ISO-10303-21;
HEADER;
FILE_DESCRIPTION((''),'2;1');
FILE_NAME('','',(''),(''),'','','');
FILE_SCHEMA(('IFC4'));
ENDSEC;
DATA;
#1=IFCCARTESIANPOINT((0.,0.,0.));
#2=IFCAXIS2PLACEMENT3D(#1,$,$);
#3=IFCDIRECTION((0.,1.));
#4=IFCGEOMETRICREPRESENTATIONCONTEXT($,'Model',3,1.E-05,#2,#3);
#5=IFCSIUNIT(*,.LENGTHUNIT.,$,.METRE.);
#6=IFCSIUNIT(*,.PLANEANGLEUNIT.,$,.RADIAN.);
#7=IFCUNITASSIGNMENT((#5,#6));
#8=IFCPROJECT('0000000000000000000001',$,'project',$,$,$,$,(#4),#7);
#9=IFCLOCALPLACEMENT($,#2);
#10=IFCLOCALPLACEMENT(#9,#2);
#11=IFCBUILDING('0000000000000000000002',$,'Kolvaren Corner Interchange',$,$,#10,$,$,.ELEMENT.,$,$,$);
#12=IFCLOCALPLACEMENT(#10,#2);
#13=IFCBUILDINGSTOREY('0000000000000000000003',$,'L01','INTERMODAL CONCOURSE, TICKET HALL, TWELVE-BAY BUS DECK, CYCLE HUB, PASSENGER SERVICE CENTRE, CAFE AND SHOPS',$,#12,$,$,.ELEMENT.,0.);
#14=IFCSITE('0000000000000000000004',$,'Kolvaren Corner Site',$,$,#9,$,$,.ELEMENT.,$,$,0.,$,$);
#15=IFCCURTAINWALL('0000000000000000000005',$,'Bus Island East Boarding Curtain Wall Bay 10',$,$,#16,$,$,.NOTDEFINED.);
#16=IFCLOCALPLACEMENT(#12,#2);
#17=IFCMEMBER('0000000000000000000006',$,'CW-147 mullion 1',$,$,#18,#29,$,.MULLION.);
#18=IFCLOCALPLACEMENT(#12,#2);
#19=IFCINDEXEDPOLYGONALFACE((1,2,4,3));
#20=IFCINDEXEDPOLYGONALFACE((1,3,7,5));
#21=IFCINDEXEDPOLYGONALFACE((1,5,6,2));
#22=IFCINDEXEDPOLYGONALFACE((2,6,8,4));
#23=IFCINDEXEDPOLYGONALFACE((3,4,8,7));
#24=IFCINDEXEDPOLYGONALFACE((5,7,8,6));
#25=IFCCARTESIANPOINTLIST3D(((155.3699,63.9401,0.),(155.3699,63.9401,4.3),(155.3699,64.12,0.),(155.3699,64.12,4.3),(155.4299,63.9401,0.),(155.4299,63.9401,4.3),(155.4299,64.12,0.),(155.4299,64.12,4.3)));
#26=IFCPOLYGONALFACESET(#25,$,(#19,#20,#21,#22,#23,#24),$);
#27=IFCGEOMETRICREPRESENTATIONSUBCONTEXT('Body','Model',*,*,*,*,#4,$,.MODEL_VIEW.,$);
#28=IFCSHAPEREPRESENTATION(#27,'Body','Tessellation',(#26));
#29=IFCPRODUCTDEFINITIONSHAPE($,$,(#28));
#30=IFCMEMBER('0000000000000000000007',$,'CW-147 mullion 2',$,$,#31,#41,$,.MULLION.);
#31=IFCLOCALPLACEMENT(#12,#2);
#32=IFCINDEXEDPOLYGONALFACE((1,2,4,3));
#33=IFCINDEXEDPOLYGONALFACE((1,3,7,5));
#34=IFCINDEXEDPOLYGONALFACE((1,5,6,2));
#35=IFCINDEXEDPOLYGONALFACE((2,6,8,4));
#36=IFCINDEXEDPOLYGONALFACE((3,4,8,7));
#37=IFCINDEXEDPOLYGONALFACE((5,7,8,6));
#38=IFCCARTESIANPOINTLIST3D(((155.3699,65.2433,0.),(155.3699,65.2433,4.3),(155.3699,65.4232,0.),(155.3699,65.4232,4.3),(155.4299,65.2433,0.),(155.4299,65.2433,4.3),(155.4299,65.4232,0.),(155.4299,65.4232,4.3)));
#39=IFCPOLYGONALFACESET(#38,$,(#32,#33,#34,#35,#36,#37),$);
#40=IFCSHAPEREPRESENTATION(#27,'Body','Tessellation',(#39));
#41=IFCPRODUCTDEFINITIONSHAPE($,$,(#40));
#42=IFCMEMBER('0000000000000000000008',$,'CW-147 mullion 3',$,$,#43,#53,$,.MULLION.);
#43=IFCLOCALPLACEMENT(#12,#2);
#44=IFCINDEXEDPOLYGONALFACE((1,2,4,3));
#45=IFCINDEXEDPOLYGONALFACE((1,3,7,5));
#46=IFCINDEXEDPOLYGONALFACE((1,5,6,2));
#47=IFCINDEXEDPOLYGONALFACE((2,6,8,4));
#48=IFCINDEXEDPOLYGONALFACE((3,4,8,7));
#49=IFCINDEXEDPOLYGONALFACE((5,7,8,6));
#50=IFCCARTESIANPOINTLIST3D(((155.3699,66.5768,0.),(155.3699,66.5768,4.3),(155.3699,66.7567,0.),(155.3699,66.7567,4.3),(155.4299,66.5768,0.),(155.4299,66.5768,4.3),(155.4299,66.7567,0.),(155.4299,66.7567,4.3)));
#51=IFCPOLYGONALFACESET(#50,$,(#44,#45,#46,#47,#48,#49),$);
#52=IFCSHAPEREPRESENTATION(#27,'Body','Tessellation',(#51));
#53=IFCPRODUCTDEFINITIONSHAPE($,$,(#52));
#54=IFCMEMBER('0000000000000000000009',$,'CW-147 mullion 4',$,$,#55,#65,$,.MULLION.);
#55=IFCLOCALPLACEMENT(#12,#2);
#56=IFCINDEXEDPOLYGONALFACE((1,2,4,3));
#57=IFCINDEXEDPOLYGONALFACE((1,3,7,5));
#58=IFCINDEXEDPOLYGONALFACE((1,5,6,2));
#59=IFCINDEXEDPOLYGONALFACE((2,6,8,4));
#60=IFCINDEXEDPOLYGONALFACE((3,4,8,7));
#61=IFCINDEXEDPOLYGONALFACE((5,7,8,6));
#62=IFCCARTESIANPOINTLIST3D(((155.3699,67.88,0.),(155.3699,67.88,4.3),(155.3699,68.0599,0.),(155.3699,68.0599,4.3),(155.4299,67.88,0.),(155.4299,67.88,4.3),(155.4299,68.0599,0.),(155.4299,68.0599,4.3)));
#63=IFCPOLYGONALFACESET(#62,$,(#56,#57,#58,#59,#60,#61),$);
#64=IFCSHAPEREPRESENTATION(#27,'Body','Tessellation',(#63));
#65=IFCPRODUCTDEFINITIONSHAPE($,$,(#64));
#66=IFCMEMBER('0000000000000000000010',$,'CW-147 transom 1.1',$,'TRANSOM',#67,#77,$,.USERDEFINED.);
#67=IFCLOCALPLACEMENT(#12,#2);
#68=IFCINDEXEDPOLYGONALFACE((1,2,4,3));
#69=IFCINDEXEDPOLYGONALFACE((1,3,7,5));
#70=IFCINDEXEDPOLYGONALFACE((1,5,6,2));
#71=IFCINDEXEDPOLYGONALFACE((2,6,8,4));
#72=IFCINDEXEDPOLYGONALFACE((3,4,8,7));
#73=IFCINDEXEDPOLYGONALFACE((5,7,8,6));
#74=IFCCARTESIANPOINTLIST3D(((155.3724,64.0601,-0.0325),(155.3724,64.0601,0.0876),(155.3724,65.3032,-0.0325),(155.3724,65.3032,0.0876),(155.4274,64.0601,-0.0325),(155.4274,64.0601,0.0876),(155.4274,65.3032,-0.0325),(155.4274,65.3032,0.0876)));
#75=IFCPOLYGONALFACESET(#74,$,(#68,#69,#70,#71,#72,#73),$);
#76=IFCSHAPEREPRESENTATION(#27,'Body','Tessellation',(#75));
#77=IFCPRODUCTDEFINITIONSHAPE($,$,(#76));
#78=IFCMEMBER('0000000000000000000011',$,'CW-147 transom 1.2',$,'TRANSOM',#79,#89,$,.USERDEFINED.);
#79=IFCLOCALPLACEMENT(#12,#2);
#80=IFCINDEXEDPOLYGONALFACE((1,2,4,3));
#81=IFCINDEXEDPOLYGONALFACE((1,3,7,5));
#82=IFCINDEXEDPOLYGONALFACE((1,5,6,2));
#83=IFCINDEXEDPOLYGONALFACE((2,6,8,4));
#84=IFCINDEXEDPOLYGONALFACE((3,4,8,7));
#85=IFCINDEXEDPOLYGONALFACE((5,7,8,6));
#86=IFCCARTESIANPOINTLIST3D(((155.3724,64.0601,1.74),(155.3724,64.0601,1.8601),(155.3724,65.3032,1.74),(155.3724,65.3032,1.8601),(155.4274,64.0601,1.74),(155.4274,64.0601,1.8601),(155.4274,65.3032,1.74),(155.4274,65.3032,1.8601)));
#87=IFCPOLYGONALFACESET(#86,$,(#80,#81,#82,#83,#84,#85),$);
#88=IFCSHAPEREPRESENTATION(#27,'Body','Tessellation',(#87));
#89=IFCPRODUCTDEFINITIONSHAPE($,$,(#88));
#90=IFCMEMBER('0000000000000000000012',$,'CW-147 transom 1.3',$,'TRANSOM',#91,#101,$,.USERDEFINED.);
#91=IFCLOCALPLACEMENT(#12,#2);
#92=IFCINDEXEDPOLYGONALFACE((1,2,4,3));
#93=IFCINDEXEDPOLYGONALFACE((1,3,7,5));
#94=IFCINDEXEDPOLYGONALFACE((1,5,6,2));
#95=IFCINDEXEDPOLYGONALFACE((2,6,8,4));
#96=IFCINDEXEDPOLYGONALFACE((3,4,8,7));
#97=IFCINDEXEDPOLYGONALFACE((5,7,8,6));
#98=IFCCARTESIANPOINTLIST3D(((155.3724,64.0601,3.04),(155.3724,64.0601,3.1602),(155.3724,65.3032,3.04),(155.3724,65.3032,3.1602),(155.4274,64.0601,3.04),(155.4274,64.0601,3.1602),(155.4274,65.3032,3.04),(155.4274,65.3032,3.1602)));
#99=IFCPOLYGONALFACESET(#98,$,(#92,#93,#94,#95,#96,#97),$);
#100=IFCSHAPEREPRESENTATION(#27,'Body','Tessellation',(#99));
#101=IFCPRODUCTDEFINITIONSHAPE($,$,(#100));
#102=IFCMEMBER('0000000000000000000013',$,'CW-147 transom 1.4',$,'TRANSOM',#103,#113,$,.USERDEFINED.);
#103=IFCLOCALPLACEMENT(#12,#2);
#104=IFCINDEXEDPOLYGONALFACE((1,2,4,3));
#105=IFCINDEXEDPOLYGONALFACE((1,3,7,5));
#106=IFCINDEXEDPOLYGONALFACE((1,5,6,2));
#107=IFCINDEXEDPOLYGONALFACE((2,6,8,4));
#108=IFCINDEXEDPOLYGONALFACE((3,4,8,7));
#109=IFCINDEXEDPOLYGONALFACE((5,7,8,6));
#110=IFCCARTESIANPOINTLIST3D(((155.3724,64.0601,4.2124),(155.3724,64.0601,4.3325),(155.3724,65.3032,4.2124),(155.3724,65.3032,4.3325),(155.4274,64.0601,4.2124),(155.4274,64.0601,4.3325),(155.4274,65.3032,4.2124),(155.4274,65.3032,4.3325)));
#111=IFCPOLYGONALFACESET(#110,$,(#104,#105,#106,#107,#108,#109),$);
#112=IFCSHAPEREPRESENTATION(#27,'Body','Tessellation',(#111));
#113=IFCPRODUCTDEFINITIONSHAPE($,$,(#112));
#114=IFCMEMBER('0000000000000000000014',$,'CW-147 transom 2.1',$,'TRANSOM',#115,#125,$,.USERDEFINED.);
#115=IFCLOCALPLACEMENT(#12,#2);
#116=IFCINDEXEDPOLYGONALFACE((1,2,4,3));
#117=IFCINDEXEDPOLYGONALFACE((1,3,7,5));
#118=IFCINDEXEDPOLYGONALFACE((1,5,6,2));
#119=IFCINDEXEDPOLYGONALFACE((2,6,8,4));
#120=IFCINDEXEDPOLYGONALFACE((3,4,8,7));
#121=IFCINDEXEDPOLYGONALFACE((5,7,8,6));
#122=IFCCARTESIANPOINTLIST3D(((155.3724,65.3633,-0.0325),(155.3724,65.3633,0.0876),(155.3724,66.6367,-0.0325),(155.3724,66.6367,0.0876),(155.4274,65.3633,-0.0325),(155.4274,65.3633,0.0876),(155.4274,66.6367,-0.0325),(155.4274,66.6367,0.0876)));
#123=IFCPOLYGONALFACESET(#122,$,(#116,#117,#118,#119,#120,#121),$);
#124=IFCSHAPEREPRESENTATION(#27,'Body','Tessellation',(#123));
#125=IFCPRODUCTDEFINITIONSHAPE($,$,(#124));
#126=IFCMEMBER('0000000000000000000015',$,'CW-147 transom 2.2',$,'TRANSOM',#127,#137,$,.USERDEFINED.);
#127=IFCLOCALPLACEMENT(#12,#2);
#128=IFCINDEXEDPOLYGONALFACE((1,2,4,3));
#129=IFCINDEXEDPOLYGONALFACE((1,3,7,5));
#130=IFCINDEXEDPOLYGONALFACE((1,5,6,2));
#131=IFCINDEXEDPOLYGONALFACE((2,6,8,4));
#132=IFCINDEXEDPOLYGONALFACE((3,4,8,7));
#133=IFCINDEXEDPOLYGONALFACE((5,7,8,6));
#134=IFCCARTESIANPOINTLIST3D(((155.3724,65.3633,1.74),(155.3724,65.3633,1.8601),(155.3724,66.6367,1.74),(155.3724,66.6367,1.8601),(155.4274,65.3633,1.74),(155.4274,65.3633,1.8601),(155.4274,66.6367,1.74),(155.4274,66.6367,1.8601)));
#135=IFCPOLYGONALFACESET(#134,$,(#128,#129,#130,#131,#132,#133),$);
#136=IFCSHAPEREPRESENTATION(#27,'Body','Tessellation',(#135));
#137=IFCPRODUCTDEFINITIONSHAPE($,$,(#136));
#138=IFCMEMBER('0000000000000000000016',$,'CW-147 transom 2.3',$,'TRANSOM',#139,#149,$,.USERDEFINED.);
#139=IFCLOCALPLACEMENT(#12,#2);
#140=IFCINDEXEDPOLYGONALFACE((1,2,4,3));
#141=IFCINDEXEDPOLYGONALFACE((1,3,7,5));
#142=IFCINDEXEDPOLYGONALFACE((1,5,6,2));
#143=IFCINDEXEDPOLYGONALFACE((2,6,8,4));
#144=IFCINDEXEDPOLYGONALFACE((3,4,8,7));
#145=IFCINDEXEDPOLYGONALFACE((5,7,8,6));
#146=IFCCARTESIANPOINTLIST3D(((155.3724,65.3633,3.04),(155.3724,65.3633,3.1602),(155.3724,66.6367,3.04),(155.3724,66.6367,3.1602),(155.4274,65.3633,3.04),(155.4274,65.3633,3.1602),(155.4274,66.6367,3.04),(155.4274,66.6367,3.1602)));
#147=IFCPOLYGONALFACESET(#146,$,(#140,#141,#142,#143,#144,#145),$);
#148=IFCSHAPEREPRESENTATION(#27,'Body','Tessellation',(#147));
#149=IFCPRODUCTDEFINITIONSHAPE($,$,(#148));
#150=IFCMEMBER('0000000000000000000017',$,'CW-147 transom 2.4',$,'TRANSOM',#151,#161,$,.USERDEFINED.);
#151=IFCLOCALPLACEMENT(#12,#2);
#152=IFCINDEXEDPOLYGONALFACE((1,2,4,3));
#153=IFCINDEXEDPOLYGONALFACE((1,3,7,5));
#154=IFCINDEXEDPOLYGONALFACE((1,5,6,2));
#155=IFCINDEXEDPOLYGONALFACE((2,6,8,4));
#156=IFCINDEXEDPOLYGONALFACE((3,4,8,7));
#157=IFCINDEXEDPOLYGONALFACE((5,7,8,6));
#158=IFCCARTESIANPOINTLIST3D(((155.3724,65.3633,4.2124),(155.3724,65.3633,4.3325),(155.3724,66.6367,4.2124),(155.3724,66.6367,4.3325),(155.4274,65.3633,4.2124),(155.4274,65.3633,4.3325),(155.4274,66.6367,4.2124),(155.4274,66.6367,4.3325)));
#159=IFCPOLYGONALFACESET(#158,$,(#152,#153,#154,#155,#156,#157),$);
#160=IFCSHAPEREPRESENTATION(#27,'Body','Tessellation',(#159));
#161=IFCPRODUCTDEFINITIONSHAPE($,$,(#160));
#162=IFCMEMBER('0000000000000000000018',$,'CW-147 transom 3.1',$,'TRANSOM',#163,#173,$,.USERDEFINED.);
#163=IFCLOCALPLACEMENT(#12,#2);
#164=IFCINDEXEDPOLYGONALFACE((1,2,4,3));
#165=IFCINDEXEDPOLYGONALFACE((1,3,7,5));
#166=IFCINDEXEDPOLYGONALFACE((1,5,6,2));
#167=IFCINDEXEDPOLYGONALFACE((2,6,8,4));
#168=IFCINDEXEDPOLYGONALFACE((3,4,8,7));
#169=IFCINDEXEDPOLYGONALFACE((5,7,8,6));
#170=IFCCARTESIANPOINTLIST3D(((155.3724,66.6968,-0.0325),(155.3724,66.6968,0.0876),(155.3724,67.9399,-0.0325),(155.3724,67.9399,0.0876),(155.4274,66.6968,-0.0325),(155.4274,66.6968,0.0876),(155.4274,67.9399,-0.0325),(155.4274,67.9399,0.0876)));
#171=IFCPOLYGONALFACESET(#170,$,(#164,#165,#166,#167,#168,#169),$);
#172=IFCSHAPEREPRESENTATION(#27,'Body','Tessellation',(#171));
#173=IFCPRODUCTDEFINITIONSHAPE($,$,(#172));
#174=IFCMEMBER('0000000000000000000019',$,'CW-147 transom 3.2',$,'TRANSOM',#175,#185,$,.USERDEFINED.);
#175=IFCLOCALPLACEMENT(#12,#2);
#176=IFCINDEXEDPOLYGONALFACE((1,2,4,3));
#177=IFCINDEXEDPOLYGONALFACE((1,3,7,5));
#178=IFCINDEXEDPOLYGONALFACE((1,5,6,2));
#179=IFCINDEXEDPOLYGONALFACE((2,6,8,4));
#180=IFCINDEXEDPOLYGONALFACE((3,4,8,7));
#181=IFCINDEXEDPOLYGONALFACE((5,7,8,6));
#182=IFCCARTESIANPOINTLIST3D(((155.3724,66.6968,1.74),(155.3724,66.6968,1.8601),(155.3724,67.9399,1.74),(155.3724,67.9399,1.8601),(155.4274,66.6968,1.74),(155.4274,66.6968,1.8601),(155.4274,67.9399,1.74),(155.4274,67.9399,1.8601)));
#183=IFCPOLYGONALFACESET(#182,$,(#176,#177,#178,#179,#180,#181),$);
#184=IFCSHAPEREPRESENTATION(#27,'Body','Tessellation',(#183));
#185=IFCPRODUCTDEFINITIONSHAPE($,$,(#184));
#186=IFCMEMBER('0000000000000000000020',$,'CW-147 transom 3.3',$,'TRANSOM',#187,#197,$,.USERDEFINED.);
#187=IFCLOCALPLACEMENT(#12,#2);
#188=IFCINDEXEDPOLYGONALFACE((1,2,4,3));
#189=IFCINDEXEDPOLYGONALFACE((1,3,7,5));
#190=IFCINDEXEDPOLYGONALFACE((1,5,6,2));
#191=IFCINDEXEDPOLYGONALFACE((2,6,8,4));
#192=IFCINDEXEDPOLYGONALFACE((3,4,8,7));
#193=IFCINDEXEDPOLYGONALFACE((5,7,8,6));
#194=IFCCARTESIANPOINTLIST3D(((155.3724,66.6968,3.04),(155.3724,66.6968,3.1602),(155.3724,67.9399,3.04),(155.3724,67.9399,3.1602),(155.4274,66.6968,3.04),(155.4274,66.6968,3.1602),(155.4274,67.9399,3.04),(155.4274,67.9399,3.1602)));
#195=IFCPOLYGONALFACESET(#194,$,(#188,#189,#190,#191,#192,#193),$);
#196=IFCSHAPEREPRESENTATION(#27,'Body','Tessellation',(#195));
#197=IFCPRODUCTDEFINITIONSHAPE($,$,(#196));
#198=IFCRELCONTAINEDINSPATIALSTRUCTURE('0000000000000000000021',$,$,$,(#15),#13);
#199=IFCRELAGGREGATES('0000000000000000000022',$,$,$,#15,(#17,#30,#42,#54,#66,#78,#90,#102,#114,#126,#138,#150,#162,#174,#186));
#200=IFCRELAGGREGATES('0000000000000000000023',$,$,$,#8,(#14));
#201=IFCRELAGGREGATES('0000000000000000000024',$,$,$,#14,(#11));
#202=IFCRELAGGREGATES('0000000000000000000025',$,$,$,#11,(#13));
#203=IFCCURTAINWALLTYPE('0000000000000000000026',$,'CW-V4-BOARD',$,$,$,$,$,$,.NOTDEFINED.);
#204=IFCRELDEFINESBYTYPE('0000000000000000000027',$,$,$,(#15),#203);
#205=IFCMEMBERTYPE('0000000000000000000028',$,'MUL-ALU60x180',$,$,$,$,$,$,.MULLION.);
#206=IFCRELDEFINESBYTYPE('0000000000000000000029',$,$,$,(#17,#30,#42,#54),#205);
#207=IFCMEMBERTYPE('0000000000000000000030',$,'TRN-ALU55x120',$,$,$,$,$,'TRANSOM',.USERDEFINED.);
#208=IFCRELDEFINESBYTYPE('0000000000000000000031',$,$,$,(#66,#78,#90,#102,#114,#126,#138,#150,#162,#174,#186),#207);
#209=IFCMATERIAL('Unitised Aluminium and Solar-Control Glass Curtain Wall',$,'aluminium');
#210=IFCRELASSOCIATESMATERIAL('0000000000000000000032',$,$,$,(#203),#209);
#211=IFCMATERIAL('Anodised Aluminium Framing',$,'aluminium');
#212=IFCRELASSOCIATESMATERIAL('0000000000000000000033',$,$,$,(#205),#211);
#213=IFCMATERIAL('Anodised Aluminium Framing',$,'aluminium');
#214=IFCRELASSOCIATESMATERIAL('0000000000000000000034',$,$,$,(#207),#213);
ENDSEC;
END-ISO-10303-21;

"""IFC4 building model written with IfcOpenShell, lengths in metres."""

from ifc_helpers import new_model, si_unit, direction, frame, origin, origin_2d, place, context, subcontext, project, spatial, rectangle, extrude, material, material_profile, profile_set, type_object, element, aggregate, save


model = new_model("IFC4")

# Units and contexts
model_context = context("Model", 3, precision=1e-05, world=origin(), true_north=direction((0.0, 1.0)))
body_context = subcontext(model_context, "Body", "Model", "MODEL_VIEW")
ifc_project = project(units=[si_unit("LENGTHUNIT", "METRE"), si_unit("PLANEANGLEUNIT", "RADIAN")], contexts=[model_context])

# Site, building, storey
site_placement = place(None, origin())
site = spatial("IfcSite", under=ifc_project, at=site_placement, Name="Kolvaren Corner Site", CompositionType="ELEMENT", RefElevation=0.0)
building_placement = place(site_placement, origin())
building = spatial("IfcBuilding", under=site, at=building_placement, Name="Kolvaren Corner Interchange", CompositionType="ELEMENT")
storey_placement = place(building_placement, origin())
storey = spatial("IfcBuildingStorey", under=building, at=storey_placement, Name="L01", Description="INTERMODAL CONCOURSE, TICKET HALL, TWELVE-BAY BUS DECK, CYCLE HUB, PASSENGER SERVICE CENTRE, CAFE AND SHOPS", CompositionType="ELEMENT", Elevation=0.0)

# Curtain wall, members
ifc_material_1 = material(Name="Unitised Aluminium and Solar-Control Glass Curtain Wall", Category="aluminium")
curtain_wall_type = type_object("IfcCurtainWallType", Name="CW-V4-BOARD", PredefinedType="NOTDEFINED", material=ifc_material_1)
curtain_wall_placement = place(storey_placement, origin())
curtain_wall = element("IfcCurtainWall", 1, at=curtain_wall_placement, inside=storey, type_object=curtain_wall_type, Name="Bus Island East Boarding Curtain Wall Bay 10", PredefinedType="NOTDEFINED")
ifc_material_2 = material(Name="Anodised Aluminium Framing", Category="aluminium")
ifc_material_profile_1 = material_profile(ifc_material_2, rectangle(XDim=0.0601, YDim=0.1799, at=origin_2d()), Name="ALU 60x180")
ifc_profile_set_1 = profile_set([ifc_material_profile_1], Name="Anodised Aluminium Framing")
member_type_1 = type_object("IfcMemberType", Name="MUL-ALU60x180", PredefinedType="MULLION", material=ifc_profile_set_1)
member_1_placement = place(storey_placement, frame((155.3999, 64.03, 0.0), z_axis=(0.0, 0.0, 1.0), x_axis=(-1.0, 0.0, 0.0)))
member_1 = element("IfcMember", 2, at=member_1_placement, type_object=member_type_1, Name="CW-147 mullion 1", PredefinedType="MULLION", context=body_context, shape_type="SweptSolid", body=[
    extrude(rectangle(XDim=0.0601, YDim=0.1799, at=origin_2d()), origin(), (0.0, 0.0, 1.0), 4.3),
])
member_2_placement = place(storey_placement, frame((155.3999, 65.3333, 0.0), z_axis=(0.0, 0.0, 1.0), x_axis=(-1.0, 0.0, 0.0)))
member_2 = element("IfcMember", 3, at=member_2_placement, type_object=member_type_1, Name="CW-147 mullion 2", PredefinedType="MULLION", context=body_context, shape_type="SweptSolid", body=[
    extrude(rectangle(XDim=0.0601, YDim=0.1799, at=origin_2d()), origin(), (0.0, 0.0, 1.0), 4.3),
])
member_3_placement = place(storey_placement, frame((155.3999, 66.6667, 0.0), z_axis=(0.0, 0.0, 1.0), x_axis=(-1.0, 0.0, 0.0)))
member_3 = element("IfcMember", 4, at=member_3_placement, type_object=member_type_1, Name="CW-147 mullion 3", PredefinedType="MULLION", context=body_context, shape_type="SweptSolid", body=[
    extrude(rectangle(XDim=0.0601, YDim=0.1799, at=origin_2d()), origin(), (0.0, 0.0, 1.0), 4.3),
])
member_4_placement = place(storey_placement, frame((155.3999, 67.97, 0.0), z_axis=(0.0, 0.0, 1.0), x_axis=(-1.0, 0.0, 0.0)))
member_4 = element("IfcMember", 5, at=member_4_placement, type_object=member_type_1, Name="CW-147 mullion 4", PredefinedType="MULLION", context=body_context, shape_type="SweptSolid", body=[
    extrude(rectangle(XDim=0.0601, YDim=0.1799, at=origin_2d()), origin(), (0.0, 0.0, 1.0), 4.3),
])
ifc_material_3 = material(Name="Anodised Aluminium Framing", Category="aluminium")
ifc_material_profile_2 = material_profile(ifc_material_3, rectangle(XDim=0.0549, YDim=0.1201, at=origin_2d()), Name="ALU 55x120")
ifc_profile_set_2 = profile_set([ifc_material_profile_2], Name="Anodised Aluminium Framing")
member_type_2 = type_object("IfcMemberType", Name="TRN-ALU55x120", ElementType="TRANSOM", PredefinedType="USERDEFINED", material=ifc_profile_set_2)
member_5_placement = place(storey_placement, frame((155.3999, 64.0601, 0.0276), z_axis=(0.0, 1.0, 0.0), x_axis=(-1.0, 0.0, 0.0)))
member_5 = element("IfcMember", 6, at=member_5_placement, type_object=member_type_2, Name="CW-147 transom 1.1", ObjectType="TRANSOM", PredefinedType="USERDEFINED", context=body_context, shape_type="SweptSolid", body=[
    extrude(rectangle(XDim=0.0549, YDim=0.1201, at=origin_2d()), origin(), (0.0, 0.0, 1.0), 1.2432),
])
member_6_placement = place(storey_placement, frame((155.3999, 64.0601, 1.8), z_axis=(0.0, 1.0, 0.0), x_axis=(-1.0, 0.0, 0.0)))
member_6 = element("IfcMember", 7, at=member_6_placement, type_object=member_type_2, Name="CW-147 transom 1.2", ObjectType="TRANSOM", PredefinedType="USERDEFINED", context=body_context, shape_type="SweptSolid", body=[
    extrude(rectangle(XDim=0.0549, YDim=0.1201, at=origin_2d()), origin(), (0.0, 0.0, 1.0), 1.2432),
])
member_7_placement = place(storey_placement, frame((155.3999, 64.0601, 3.1001), z_axis=(0.0, 1.0, 0.0), x_axis=(-1.0, 0.0, 0.0)))
member_7 = element("IfcMember", 8, at=member_7_placement, type_object=member_type_2, Name="CW-147 transom 1.3", ObjectType="TRANSOM", PredefinedType="USERDEFINED", context=body_context, shape_type="SweptSolid", body=[
    extrude(rectangle(XDim=0.0549, YDim=0.1201, at=origin_2d()), origin(), (0.0, 0.0, 1.0), 1.2432),
])
member_8_placement = place(storey_placement, frame((155.3999, 64.0601, 4.2725), z_axis=(0.0, 1.0, 0.0), x_axis=(-1.0, 0.0, 0.0)))
member_8 = element("IfcMember", 9, at=member_8_placement, type_object=member_type_2, Name="CW-147 transom 1.4", ObjectType="TRANSOM", PredefinedType="USERDEFINED", context=body_context, shape_type="SweptSolid", body=[
    extrude(rectangle(XDim=0.0549, YDim=0.1201, at=origin_2d()), origin(), (0.0, 0.0, 1.0), 1.2432),
])
member_9_placement = place(storey_placement, frame((155.3999, 65.3633, 0.0276), z_axis=(0.0, 1.0, 0.0), x_axis=(-1.0, 0.0, 0.0)))
member_9 = element("IfcMember", 10, at=member_9_placement, type_object=member_type_2, Name="CW-147 transom 2.1", ObjectType="TRANSOM", PredefinedType="USERDEFINED", context=body_context, shape_type="SweptSolid", body=[
    extrude(rectangle(XDim=0.0549, YDim=0.1201, at=origin_2d()), origin(), (0.0, 0.0, 1.0), 1.2734),
])
member_10_placement = place(storey_placement, frame((155.3999, 65.3633, 1.8), z_axis=(0.0, 1.0, 0.0), x_axis=(-1.0, 0.0, 0.0)))
member_10 = element("IfcMember", 11, at=member_10_placement, type_object=member_type_2, Name="CW-147 transom 2.2", ObjectType="TRANSOM", PredefinedType="USERDEFINED", context=body_context, shape_type="SweptSolid", body=[
    extrude(rectangle(XDim=0.0549, YDim=0.1201, at=origin_2d()), origin(), (0.0, 0.0, 1.0), 1.2734),
])
member_11_placement = place(storey_placement, frame((155.3999, 65.3633, 3.1001), z_axis=(0.0, 1.0, 0.0), x_axis=(-1.0, 0.0, 0.0)))
member_11 = element("IfcMember", 12, at=member_11_placement, type_object=member_type_2, Name="CW-147 transom 2.3", ObjectType="TRANSOM", PredefinedType="USERDEFINED", context=body_context, shape_type="SweptSolid", body=[
    extrude(rectangle(XDim=0.0549, YDim=0.1201, at=origin_2d()), origin(), (0.0, 0.0, 1.0), 1.2734),
])
member_12_placement = place(storey_placement, frame((155.3999, 65.3633, 4.2725), z_axis=(0.0, 1.0, 0.0), x_axis=(-1.0, 0.0, 0.0)))
member_12 = element("IfcMember", 13, at=member_12_placement, type_object=member_type_2, Name="CW-147 transom 2.4", ObjectType="TRANSOM", PredefinedType="USERDEFINED", context=body_context, shape_type="SweptSolid", body=[
    extrude(rectangle(XDim=0.0549, YDim=0.1201, at=origin_2d()), origin(), (0.0, 0.0, 1.0), 1.2734),
])
member_13_placement = place(storey_placement, frame((155.3999, 66.6968, 0.0276), z_axis=(0.0, 1.0, 0.0), x_axis=(-1.0, 0.0, 0.0)))
member_13 = element("IfcMember", 14, at=member_13_placement, type_object=member_type_2, Name="CW-147 transom 3.1", ObjectType="TRANSOM", PredefinedType="USERDEFINED", context=body_context, shape_type="SweptSolid", body=[
    extrude(rectangle(XDim=0.0549, YDim=0.1201, at=origin_2d()), origin(), (0.0, 0.0, 1.0), 1.2432),
])
member_14_placement = place(storey_placement, frame((155.3999, 66.6968, 1.8), z_axis=(0.0, 1.0, 0.0), x_axis=(-1.0, 0.0, 0.0)))
member_14 = element("IfcMember", 15, at=member_14_placement, type_object=member_type_2, Name="CW-147 transom 3.2", ObjectType="TRANSOM", PredefinedType="USERDEFINED", context=body_context, shape_type="SweptSolid", body=[
    extrude(rectangle(XDim=0.0549, YDim=0.1201, at=origin_2d()), origin(), (0.0, 0.0, 1.0), 1.2432),
])
member_15_placement = place(storey_placement, frame((155.3999, 66.6968, 3.1001), z_axis=(0.0, 1.0, 0.0), x_axis=(-1.0, 0.0, 0.0)))
member_15 = element("IfcMember", 16, at=member_15_placement, type_object=member_type_2, Name="CW-147 transom 3.3", ObjectType="TRANSOM", PredefinedType="USERDEFINED", context=body_context, shape_type="SweptSolid", body=[
    extrude(rectangle(XDim=0.0549, YDim=0.1201, at=origin_2d()), origin(), (0.0, 0.0, 1.0), 1.2432),
])
aggregate(curtain_wall, [member_1, member_2, member_3, member_4, member_5, member_6, member_7, member_8, member_9, member_10, member_11, member_12, member_13, member_14, member_15])

save(model, "model.ifc")
